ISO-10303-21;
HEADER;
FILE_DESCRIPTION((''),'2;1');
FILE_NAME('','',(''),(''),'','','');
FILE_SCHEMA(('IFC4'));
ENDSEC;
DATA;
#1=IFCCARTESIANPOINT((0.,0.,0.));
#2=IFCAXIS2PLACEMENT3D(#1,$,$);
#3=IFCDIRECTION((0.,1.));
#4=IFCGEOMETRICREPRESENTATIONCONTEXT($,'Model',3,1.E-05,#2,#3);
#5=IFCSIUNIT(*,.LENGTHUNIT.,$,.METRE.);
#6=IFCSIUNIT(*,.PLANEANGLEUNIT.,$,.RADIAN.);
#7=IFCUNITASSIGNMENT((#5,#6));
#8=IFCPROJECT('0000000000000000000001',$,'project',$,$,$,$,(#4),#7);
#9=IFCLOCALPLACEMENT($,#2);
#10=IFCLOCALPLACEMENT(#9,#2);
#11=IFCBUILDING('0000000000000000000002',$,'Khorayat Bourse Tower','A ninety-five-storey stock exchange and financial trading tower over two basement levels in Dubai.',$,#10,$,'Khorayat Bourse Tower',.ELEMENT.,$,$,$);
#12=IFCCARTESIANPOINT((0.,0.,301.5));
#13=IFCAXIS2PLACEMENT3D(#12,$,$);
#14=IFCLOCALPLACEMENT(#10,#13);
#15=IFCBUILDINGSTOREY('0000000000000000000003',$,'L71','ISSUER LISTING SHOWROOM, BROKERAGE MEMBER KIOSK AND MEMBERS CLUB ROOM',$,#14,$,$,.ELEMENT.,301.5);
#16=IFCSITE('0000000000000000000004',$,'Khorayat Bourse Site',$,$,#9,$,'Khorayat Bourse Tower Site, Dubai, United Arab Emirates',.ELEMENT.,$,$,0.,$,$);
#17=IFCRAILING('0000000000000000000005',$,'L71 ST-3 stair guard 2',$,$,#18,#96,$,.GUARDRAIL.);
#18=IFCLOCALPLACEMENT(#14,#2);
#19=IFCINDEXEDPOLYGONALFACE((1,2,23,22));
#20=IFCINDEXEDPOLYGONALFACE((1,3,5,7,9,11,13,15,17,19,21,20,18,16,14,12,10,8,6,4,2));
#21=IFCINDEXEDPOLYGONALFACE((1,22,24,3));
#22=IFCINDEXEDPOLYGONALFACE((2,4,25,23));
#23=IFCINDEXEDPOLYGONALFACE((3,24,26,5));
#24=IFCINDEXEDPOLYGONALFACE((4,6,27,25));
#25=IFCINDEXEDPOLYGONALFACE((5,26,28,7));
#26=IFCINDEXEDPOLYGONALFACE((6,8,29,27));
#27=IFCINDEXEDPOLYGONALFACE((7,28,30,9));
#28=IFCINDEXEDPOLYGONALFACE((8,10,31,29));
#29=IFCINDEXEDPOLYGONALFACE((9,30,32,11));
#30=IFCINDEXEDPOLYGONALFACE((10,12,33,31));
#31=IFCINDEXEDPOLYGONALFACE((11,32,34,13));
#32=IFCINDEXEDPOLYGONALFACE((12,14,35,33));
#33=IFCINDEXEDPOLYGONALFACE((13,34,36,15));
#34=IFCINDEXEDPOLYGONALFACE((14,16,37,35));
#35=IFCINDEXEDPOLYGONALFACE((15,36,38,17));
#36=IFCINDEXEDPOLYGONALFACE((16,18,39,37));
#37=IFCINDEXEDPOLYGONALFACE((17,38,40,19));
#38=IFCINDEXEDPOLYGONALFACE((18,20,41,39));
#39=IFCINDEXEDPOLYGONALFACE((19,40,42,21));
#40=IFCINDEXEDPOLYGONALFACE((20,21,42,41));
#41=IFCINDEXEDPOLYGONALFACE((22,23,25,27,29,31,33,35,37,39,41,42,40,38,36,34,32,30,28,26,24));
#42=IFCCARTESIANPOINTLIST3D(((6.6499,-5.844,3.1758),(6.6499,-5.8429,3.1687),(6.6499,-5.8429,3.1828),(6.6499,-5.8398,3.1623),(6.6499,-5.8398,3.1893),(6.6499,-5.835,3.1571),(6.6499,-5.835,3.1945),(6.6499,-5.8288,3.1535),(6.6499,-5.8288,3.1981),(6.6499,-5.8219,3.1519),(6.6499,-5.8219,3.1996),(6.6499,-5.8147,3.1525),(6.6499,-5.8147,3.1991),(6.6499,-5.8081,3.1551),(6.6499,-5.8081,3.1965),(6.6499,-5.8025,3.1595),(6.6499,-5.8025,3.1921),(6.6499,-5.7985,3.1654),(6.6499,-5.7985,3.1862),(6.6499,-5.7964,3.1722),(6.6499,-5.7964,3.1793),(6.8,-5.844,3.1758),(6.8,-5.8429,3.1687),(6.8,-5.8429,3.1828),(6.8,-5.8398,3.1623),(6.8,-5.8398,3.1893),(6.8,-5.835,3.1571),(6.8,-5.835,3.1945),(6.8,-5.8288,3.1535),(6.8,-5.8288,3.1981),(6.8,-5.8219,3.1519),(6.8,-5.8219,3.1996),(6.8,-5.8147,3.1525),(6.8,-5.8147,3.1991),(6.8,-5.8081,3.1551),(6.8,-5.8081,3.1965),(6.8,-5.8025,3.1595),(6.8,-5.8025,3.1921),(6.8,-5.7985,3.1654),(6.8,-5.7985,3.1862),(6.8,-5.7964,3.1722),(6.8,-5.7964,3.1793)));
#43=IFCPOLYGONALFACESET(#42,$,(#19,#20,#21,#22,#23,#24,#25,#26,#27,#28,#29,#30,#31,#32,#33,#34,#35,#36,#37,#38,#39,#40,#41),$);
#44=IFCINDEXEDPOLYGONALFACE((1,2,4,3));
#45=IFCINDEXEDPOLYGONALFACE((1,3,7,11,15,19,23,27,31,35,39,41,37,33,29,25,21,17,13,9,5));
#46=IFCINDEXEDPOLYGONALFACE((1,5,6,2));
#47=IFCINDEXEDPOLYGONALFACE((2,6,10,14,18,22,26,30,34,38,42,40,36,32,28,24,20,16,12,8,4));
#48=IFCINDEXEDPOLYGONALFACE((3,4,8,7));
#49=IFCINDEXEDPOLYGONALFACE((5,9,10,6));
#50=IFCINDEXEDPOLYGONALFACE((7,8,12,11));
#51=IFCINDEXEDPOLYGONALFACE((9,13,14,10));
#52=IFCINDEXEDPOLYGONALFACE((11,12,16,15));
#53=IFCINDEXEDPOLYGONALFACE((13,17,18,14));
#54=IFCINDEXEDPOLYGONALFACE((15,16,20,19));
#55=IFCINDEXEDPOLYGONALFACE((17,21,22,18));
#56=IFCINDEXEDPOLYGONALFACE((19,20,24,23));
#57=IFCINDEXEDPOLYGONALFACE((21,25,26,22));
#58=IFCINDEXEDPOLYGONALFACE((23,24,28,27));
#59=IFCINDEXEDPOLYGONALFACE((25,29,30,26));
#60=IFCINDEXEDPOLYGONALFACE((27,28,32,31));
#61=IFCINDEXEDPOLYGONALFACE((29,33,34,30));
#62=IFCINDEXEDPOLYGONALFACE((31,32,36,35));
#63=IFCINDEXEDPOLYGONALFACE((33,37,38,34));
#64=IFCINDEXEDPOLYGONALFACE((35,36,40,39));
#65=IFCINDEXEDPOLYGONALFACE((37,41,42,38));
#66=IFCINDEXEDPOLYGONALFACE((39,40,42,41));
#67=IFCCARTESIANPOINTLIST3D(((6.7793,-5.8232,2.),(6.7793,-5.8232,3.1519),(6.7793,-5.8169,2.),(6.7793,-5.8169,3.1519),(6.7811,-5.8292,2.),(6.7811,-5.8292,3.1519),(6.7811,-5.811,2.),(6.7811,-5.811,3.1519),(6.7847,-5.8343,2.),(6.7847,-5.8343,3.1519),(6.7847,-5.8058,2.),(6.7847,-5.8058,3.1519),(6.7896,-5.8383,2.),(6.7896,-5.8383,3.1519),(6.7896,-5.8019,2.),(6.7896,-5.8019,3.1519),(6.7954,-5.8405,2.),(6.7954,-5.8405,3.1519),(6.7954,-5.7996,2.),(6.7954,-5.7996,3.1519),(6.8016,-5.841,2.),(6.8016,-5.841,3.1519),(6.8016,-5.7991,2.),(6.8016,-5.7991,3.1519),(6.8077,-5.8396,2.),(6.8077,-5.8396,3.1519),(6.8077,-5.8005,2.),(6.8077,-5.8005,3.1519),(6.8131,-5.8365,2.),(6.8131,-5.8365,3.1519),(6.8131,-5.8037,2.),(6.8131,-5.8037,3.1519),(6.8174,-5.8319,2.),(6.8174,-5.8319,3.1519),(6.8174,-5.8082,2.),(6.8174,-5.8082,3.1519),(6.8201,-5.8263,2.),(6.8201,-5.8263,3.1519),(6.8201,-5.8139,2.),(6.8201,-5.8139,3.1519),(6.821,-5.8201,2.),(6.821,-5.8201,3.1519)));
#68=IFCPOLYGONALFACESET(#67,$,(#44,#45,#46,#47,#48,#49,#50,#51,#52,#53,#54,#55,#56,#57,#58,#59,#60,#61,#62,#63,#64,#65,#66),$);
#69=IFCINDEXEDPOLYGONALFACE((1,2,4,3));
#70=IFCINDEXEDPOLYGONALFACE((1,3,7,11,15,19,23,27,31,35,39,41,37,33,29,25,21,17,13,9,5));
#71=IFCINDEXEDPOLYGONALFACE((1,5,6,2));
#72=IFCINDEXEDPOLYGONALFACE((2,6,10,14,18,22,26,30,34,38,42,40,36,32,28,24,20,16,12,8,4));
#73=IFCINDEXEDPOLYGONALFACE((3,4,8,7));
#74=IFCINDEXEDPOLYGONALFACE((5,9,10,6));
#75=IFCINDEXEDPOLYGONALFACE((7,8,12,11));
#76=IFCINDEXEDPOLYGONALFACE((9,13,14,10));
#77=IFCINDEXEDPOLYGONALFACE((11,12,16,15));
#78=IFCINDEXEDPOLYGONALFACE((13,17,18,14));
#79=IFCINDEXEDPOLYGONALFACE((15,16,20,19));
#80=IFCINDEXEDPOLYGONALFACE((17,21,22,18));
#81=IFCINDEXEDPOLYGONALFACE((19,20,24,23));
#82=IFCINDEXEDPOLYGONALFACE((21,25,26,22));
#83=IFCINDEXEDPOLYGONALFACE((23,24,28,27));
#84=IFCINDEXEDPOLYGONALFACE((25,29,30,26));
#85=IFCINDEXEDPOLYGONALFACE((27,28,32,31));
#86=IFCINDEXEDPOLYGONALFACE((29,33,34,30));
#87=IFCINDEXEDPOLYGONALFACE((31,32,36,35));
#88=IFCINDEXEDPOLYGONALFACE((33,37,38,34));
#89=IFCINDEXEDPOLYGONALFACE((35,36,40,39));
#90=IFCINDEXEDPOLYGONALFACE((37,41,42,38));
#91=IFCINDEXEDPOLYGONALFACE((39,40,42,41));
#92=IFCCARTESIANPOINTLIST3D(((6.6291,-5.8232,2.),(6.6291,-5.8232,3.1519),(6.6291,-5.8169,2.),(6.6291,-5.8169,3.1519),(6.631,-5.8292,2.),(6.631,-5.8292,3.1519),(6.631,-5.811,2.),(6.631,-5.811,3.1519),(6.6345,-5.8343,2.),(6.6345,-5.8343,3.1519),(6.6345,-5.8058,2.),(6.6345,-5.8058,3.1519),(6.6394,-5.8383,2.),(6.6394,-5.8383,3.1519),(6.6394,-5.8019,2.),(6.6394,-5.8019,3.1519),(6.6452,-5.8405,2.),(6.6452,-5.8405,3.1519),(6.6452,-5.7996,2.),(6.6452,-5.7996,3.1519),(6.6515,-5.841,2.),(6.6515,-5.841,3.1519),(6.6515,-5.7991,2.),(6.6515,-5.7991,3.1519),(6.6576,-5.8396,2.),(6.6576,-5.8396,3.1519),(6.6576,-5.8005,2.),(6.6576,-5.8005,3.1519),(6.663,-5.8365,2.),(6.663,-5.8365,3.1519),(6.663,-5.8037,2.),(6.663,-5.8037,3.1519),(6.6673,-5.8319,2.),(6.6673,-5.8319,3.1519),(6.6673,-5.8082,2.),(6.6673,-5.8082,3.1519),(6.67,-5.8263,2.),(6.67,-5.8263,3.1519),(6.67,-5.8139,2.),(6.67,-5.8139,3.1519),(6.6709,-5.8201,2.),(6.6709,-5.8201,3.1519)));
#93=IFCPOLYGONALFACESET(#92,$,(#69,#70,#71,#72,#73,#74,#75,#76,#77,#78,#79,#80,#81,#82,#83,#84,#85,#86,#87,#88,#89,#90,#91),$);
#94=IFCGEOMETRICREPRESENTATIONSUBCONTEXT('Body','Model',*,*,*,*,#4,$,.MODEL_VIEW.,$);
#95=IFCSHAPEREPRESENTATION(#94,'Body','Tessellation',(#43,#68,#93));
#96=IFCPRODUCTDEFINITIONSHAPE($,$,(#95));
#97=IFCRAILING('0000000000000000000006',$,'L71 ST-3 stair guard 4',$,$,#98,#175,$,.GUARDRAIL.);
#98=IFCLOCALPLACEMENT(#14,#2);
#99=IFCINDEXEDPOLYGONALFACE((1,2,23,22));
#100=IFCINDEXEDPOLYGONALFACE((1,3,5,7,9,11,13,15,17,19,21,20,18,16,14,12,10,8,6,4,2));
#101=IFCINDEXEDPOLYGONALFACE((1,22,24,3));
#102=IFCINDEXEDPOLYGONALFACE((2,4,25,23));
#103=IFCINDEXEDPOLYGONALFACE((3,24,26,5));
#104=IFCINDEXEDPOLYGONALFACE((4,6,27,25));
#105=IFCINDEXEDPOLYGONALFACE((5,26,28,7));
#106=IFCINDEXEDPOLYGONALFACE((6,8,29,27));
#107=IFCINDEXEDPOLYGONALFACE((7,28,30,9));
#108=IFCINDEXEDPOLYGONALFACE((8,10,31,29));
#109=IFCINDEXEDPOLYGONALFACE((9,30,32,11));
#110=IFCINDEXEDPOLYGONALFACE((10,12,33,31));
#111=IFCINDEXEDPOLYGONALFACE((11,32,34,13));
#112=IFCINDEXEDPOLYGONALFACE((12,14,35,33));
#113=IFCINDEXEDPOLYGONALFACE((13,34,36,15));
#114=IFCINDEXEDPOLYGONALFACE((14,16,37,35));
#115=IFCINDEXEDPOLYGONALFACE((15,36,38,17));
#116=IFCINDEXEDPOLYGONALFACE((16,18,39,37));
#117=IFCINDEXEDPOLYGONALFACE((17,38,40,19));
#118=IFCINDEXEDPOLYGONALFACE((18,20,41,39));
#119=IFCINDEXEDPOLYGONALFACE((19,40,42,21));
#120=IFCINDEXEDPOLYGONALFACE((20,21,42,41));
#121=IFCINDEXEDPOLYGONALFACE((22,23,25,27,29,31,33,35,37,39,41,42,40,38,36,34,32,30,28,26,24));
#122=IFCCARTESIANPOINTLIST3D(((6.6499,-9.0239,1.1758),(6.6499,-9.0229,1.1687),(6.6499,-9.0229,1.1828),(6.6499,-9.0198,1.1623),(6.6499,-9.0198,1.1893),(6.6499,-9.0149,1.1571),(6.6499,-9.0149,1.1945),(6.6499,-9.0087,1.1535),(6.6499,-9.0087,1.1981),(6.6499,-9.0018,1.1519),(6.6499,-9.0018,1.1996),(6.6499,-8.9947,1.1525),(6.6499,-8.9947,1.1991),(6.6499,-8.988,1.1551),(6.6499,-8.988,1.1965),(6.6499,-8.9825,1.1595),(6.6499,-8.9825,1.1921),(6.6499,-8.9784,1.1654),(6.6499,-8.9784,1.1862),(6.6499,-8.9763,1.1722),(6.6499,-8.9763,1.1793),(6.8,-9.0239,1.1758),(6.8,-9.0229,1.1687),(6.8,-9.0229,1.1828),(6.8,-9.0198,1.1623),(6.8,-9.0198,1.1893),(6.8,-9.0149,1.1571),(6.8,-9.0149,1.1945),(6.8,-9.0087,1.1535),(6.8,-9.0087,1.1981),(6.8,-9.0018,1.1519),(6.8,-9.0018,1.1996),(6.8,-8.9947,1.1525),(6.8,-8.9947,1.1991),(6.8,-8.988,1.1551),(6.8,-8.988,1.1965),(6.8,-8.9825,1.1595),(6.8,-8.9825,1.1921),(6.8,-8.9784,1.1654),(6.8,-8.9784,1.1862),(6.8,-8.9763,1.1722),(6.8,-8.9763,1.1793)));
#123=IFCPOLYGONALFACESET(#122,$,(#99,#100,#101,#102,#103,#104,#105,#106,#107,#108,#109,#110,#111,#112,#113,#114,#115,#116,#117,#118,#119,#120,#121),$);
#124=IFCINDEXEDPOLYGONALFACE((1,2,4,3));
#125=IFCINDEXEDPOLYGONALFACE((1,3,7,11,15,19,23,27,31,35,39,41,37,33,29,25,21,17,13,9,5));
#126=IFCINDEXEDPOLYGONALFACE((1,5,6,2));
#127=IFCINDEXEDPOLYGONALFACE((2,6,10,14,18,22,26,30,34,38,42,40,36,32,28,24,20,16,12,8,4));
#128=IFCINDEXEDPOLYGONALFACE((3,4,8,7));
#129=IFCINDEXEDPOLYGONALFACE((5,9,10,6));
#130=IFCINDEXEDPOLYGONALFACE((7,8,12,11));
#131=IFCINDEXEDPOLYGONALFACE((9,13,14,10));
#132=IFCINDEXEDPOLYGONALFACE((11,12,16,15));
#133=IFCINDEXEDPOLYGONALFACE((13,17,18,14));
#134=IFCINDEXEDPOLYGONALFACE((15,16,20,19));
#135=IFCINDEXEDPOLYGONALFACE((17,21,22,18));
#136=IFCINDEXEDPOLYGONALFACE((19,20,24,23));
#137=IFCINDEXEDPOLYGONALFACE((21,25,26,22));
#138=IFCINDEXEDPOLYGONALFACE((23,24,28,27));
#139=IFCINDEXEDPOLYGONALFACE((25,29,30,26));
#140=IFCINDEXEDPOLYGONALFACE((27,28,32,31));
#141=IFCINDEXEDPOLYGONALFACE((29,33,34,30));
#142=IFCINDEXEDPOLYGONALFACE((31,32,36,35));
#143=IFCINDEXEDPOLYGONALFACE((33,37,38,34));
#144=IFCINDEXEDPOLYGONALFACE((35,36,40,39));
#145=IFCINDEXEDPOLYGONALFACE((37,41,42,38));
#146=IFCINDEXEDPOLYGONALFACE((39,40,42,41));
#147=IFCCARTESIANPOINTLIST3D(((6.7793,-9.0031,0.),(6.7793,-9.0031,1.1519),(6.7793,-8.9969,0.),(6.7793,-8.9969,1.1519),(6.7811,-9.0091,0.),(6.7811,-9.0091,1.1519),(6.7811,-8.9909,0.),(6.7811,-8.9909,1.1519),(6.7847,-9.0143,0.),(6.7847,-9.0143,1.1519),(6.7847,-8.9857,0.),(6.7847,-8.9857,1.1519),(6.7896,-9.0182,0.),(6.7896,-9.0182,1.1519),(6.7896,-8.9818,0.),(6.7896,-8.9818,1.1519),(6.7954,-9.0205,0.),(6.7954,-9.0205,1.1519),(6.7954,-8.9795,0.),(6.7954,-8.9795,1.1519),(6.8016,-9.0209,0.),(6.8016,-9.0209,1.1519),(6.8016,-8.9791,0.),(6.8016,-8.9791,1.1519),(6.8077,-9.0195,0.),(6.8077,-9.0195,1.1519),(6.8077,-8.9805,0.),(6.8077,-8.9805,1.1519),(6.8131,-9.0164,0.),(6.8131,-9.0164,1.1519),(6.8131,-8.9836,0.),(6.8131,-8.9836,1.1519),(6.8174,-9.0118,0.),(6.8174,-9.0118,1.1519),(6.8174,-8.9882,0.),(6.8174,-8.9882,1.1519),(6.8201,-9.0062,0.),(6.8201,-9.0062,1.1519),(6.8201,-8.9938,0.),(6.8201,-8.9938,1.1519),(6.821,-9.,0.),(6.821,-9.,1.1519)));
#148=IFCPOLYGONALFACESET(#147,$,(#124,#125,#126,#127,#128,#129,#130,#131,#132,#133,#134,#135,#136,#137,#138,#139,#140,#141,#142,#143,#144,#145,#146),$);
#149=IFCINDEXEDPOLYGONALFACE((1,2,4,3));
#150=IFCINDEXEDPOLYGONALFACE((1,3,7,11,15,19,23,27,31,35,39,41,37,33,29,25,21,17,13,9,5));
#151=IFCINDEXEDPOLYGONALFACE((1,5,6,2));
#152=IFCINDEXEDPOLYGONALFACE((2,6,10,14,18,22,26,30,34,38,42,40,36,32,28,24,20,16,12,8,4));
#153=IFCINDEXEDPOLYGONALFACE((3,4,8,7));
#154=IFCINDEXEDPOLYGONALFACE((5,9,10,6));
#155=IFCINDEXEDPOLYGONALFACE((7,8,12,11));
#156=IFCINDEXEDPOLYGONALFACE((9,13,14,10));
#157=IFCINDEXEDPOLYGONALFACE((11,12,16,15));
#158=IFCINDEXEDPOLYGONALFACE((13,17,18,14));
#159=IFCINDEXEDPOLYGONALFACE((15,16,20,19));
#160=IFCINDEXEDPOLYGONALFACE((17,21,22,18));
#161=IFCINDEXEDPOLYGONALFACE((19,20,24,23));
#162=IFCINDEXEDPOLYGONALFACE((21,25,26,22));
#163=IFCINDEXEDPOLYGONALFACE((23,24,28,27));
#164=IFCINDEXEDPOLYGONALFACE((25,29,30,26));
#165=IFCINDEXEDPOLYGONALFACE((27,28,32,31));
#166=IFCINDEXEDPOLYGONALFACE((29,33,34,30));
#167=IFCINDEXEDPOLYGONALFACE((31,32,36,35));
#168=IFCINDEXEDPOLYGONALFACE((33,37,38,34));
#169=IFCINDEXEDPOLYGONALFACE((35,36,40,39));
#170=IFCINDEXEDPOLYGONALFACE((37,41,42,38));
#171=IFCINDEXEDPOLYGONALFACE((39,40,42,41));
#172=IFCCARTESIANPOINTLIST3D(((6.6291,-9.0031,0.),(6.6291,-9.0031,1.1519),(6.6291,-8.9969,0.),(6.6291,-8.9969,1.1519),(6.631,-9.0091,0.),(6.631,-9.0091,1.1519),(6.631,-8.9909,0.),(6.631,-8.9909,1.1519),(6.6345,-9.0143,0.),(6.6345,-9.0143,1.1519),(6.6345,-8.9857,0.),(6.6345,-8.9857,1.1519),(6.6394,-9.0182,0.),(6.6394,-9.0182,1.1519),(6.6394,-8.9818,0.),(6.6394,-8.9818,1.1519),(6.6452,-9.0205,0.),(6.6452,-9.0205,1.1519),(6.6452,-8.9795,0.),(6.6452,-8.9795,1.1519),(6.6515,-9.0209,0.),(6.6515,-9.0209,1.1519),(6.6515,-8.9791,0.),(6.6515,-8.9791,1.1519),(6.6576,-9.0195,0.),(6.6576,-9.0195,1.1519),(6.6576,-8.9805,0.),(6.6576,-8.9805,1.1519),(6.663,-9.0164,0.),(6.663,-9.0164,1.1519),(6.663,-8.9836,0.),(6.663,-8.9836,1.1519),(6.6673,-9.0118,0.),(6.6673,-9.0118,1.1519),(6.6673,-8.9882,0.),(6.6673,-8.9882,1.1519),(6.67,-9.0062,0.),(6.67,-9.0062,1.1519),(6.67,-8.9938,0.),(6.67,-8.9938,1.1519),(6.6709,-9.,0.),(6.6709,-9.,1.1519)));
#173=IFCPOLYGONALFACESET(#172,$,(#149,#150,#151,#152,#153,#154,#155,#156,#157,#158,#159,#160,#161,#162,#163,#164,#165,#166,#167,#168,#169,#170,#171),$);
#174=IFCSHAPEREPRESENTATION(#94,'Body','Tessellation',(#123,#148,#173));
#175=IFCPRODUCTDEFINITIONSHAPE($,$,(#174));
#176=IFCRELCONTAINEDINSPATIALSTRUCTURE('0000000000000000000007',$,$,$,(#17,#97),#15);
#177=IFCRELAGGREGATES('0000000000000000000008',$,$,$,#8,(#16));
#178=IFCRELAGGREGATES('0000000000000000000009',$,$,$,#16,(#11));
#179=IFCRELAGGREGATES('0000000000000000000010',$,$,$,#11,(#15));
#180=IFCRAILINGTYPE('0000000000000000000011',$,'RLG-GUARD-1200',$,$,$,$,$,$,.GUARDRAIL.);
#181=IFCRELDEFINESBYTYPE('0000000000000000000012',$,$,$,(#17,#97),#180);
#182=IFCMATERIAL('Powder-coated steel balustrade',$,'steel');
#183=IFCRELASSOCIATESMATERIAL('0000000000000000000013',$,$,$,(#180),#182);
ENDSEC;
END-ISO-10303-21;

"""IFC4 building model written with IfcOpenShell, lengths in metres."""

from ifc_helpers import new_model, si_unit, direction, frame, origin, origin_2d, place, context, subcontext, project, spatial, circle, extrude, source, transform, mapped, material, type_object, element, save


model = new_model("IFC4")

# Units and contexts
model_context = context("Model", 3, precision=1e-05, world=origin(), true_north=direction((0.0, 1.0)))
body_context = subcontext(model_context, "Body", "Model", "MODEL_VIEW")
ifc_project = project(units=[si_unit("LENGTHUNIT", "METRE"), si_unit("PLANEANGLEUNIT", "RADIAN")], contexts=[model_context])

# Site, building, storey
site_placement = place(None, origin())
site = spatial("IfcSite", under=ifc_project, at=site_placement, Name="Khorayat Bourse Site", LongName="Khorayat Bourse Tower Site, Dubai, United Arab Emirates", CompositionType="ELEMENT", RefElevation=0.0)
building_placement = place(site_placement, origin())
building = spatial("IfcBuilding", under=site, at=building_placement, Name="Khorayat Bourse Tower", Description="A ninety-five-storey stock exchange and financial trading tower over two basement levels in Dubai.", LongName="Khorayat Bourse Tower", CompositionType="ELEMENT")
storey_placement = place(building_placement, frame((0.0, 0.0, 301.5)))
storey = spatial("IfcBuildingStorey", under=building, at=storey_placement, Name="L71", Description="ISSUER LISTING SHOWROOM, BROKERAGE MEMBER KIOSK AND MEMBERS CLUB ROOM", CompositionType="ELEMENT", Elevation=301.5)

# Railings
ifc_material_1 = material(Name="Powder-coated steel balustrade", Category="steel")
railing_type_1 = type_object("IfcRailingType", Name="RLG-GUARD-1200", PredefinedType="GUARDRAIL", material=ifc_material_1)
shared_shape_1 = source(origin(), body_context, "Body", "SweptSolid", [
    extrude(circle(Radius=0.0239, at=origin_2d()), frame((0.0, 0.0, 1.1758), z_axis=(-1.0, 0.0, 0.0), x_axis=(0.0, -1.0, 0.0)), (0.0, 0.0, 1.0), 0.1501),
    extrude(circle(Radius=0.021, at=origin_2d()), origin(), (0.0, 0.0, 1.0), 1.1519),
    extrude(circle(Radius=0.021, at=origin_2d()), frame((-0.1501, 0.0, 0.0)), (0.0, 0.0, 1.0), 1.1519),
])
for number, where, name in (
    (1, (6.8, -5.8201, 2.0), "L71 ST-3 stair guard 2"),
    (2, (6.8, -9.0, 0.0), "L71 ST-3 stair guard 4"),
):
    element("IfcRailing", number, at=place(storey_placement, frame(where)), inside=storey, type_object=railing_type_1, Name=name, PredefinedType="GUARDRAIL", context=body_context, shape_type="MappedRepresentation", body=[
        mapped(shared_shape_1, transform((0.0, 0.0, 0.0), scale=1.0)),
    ])

save(model, "model.ifc")
